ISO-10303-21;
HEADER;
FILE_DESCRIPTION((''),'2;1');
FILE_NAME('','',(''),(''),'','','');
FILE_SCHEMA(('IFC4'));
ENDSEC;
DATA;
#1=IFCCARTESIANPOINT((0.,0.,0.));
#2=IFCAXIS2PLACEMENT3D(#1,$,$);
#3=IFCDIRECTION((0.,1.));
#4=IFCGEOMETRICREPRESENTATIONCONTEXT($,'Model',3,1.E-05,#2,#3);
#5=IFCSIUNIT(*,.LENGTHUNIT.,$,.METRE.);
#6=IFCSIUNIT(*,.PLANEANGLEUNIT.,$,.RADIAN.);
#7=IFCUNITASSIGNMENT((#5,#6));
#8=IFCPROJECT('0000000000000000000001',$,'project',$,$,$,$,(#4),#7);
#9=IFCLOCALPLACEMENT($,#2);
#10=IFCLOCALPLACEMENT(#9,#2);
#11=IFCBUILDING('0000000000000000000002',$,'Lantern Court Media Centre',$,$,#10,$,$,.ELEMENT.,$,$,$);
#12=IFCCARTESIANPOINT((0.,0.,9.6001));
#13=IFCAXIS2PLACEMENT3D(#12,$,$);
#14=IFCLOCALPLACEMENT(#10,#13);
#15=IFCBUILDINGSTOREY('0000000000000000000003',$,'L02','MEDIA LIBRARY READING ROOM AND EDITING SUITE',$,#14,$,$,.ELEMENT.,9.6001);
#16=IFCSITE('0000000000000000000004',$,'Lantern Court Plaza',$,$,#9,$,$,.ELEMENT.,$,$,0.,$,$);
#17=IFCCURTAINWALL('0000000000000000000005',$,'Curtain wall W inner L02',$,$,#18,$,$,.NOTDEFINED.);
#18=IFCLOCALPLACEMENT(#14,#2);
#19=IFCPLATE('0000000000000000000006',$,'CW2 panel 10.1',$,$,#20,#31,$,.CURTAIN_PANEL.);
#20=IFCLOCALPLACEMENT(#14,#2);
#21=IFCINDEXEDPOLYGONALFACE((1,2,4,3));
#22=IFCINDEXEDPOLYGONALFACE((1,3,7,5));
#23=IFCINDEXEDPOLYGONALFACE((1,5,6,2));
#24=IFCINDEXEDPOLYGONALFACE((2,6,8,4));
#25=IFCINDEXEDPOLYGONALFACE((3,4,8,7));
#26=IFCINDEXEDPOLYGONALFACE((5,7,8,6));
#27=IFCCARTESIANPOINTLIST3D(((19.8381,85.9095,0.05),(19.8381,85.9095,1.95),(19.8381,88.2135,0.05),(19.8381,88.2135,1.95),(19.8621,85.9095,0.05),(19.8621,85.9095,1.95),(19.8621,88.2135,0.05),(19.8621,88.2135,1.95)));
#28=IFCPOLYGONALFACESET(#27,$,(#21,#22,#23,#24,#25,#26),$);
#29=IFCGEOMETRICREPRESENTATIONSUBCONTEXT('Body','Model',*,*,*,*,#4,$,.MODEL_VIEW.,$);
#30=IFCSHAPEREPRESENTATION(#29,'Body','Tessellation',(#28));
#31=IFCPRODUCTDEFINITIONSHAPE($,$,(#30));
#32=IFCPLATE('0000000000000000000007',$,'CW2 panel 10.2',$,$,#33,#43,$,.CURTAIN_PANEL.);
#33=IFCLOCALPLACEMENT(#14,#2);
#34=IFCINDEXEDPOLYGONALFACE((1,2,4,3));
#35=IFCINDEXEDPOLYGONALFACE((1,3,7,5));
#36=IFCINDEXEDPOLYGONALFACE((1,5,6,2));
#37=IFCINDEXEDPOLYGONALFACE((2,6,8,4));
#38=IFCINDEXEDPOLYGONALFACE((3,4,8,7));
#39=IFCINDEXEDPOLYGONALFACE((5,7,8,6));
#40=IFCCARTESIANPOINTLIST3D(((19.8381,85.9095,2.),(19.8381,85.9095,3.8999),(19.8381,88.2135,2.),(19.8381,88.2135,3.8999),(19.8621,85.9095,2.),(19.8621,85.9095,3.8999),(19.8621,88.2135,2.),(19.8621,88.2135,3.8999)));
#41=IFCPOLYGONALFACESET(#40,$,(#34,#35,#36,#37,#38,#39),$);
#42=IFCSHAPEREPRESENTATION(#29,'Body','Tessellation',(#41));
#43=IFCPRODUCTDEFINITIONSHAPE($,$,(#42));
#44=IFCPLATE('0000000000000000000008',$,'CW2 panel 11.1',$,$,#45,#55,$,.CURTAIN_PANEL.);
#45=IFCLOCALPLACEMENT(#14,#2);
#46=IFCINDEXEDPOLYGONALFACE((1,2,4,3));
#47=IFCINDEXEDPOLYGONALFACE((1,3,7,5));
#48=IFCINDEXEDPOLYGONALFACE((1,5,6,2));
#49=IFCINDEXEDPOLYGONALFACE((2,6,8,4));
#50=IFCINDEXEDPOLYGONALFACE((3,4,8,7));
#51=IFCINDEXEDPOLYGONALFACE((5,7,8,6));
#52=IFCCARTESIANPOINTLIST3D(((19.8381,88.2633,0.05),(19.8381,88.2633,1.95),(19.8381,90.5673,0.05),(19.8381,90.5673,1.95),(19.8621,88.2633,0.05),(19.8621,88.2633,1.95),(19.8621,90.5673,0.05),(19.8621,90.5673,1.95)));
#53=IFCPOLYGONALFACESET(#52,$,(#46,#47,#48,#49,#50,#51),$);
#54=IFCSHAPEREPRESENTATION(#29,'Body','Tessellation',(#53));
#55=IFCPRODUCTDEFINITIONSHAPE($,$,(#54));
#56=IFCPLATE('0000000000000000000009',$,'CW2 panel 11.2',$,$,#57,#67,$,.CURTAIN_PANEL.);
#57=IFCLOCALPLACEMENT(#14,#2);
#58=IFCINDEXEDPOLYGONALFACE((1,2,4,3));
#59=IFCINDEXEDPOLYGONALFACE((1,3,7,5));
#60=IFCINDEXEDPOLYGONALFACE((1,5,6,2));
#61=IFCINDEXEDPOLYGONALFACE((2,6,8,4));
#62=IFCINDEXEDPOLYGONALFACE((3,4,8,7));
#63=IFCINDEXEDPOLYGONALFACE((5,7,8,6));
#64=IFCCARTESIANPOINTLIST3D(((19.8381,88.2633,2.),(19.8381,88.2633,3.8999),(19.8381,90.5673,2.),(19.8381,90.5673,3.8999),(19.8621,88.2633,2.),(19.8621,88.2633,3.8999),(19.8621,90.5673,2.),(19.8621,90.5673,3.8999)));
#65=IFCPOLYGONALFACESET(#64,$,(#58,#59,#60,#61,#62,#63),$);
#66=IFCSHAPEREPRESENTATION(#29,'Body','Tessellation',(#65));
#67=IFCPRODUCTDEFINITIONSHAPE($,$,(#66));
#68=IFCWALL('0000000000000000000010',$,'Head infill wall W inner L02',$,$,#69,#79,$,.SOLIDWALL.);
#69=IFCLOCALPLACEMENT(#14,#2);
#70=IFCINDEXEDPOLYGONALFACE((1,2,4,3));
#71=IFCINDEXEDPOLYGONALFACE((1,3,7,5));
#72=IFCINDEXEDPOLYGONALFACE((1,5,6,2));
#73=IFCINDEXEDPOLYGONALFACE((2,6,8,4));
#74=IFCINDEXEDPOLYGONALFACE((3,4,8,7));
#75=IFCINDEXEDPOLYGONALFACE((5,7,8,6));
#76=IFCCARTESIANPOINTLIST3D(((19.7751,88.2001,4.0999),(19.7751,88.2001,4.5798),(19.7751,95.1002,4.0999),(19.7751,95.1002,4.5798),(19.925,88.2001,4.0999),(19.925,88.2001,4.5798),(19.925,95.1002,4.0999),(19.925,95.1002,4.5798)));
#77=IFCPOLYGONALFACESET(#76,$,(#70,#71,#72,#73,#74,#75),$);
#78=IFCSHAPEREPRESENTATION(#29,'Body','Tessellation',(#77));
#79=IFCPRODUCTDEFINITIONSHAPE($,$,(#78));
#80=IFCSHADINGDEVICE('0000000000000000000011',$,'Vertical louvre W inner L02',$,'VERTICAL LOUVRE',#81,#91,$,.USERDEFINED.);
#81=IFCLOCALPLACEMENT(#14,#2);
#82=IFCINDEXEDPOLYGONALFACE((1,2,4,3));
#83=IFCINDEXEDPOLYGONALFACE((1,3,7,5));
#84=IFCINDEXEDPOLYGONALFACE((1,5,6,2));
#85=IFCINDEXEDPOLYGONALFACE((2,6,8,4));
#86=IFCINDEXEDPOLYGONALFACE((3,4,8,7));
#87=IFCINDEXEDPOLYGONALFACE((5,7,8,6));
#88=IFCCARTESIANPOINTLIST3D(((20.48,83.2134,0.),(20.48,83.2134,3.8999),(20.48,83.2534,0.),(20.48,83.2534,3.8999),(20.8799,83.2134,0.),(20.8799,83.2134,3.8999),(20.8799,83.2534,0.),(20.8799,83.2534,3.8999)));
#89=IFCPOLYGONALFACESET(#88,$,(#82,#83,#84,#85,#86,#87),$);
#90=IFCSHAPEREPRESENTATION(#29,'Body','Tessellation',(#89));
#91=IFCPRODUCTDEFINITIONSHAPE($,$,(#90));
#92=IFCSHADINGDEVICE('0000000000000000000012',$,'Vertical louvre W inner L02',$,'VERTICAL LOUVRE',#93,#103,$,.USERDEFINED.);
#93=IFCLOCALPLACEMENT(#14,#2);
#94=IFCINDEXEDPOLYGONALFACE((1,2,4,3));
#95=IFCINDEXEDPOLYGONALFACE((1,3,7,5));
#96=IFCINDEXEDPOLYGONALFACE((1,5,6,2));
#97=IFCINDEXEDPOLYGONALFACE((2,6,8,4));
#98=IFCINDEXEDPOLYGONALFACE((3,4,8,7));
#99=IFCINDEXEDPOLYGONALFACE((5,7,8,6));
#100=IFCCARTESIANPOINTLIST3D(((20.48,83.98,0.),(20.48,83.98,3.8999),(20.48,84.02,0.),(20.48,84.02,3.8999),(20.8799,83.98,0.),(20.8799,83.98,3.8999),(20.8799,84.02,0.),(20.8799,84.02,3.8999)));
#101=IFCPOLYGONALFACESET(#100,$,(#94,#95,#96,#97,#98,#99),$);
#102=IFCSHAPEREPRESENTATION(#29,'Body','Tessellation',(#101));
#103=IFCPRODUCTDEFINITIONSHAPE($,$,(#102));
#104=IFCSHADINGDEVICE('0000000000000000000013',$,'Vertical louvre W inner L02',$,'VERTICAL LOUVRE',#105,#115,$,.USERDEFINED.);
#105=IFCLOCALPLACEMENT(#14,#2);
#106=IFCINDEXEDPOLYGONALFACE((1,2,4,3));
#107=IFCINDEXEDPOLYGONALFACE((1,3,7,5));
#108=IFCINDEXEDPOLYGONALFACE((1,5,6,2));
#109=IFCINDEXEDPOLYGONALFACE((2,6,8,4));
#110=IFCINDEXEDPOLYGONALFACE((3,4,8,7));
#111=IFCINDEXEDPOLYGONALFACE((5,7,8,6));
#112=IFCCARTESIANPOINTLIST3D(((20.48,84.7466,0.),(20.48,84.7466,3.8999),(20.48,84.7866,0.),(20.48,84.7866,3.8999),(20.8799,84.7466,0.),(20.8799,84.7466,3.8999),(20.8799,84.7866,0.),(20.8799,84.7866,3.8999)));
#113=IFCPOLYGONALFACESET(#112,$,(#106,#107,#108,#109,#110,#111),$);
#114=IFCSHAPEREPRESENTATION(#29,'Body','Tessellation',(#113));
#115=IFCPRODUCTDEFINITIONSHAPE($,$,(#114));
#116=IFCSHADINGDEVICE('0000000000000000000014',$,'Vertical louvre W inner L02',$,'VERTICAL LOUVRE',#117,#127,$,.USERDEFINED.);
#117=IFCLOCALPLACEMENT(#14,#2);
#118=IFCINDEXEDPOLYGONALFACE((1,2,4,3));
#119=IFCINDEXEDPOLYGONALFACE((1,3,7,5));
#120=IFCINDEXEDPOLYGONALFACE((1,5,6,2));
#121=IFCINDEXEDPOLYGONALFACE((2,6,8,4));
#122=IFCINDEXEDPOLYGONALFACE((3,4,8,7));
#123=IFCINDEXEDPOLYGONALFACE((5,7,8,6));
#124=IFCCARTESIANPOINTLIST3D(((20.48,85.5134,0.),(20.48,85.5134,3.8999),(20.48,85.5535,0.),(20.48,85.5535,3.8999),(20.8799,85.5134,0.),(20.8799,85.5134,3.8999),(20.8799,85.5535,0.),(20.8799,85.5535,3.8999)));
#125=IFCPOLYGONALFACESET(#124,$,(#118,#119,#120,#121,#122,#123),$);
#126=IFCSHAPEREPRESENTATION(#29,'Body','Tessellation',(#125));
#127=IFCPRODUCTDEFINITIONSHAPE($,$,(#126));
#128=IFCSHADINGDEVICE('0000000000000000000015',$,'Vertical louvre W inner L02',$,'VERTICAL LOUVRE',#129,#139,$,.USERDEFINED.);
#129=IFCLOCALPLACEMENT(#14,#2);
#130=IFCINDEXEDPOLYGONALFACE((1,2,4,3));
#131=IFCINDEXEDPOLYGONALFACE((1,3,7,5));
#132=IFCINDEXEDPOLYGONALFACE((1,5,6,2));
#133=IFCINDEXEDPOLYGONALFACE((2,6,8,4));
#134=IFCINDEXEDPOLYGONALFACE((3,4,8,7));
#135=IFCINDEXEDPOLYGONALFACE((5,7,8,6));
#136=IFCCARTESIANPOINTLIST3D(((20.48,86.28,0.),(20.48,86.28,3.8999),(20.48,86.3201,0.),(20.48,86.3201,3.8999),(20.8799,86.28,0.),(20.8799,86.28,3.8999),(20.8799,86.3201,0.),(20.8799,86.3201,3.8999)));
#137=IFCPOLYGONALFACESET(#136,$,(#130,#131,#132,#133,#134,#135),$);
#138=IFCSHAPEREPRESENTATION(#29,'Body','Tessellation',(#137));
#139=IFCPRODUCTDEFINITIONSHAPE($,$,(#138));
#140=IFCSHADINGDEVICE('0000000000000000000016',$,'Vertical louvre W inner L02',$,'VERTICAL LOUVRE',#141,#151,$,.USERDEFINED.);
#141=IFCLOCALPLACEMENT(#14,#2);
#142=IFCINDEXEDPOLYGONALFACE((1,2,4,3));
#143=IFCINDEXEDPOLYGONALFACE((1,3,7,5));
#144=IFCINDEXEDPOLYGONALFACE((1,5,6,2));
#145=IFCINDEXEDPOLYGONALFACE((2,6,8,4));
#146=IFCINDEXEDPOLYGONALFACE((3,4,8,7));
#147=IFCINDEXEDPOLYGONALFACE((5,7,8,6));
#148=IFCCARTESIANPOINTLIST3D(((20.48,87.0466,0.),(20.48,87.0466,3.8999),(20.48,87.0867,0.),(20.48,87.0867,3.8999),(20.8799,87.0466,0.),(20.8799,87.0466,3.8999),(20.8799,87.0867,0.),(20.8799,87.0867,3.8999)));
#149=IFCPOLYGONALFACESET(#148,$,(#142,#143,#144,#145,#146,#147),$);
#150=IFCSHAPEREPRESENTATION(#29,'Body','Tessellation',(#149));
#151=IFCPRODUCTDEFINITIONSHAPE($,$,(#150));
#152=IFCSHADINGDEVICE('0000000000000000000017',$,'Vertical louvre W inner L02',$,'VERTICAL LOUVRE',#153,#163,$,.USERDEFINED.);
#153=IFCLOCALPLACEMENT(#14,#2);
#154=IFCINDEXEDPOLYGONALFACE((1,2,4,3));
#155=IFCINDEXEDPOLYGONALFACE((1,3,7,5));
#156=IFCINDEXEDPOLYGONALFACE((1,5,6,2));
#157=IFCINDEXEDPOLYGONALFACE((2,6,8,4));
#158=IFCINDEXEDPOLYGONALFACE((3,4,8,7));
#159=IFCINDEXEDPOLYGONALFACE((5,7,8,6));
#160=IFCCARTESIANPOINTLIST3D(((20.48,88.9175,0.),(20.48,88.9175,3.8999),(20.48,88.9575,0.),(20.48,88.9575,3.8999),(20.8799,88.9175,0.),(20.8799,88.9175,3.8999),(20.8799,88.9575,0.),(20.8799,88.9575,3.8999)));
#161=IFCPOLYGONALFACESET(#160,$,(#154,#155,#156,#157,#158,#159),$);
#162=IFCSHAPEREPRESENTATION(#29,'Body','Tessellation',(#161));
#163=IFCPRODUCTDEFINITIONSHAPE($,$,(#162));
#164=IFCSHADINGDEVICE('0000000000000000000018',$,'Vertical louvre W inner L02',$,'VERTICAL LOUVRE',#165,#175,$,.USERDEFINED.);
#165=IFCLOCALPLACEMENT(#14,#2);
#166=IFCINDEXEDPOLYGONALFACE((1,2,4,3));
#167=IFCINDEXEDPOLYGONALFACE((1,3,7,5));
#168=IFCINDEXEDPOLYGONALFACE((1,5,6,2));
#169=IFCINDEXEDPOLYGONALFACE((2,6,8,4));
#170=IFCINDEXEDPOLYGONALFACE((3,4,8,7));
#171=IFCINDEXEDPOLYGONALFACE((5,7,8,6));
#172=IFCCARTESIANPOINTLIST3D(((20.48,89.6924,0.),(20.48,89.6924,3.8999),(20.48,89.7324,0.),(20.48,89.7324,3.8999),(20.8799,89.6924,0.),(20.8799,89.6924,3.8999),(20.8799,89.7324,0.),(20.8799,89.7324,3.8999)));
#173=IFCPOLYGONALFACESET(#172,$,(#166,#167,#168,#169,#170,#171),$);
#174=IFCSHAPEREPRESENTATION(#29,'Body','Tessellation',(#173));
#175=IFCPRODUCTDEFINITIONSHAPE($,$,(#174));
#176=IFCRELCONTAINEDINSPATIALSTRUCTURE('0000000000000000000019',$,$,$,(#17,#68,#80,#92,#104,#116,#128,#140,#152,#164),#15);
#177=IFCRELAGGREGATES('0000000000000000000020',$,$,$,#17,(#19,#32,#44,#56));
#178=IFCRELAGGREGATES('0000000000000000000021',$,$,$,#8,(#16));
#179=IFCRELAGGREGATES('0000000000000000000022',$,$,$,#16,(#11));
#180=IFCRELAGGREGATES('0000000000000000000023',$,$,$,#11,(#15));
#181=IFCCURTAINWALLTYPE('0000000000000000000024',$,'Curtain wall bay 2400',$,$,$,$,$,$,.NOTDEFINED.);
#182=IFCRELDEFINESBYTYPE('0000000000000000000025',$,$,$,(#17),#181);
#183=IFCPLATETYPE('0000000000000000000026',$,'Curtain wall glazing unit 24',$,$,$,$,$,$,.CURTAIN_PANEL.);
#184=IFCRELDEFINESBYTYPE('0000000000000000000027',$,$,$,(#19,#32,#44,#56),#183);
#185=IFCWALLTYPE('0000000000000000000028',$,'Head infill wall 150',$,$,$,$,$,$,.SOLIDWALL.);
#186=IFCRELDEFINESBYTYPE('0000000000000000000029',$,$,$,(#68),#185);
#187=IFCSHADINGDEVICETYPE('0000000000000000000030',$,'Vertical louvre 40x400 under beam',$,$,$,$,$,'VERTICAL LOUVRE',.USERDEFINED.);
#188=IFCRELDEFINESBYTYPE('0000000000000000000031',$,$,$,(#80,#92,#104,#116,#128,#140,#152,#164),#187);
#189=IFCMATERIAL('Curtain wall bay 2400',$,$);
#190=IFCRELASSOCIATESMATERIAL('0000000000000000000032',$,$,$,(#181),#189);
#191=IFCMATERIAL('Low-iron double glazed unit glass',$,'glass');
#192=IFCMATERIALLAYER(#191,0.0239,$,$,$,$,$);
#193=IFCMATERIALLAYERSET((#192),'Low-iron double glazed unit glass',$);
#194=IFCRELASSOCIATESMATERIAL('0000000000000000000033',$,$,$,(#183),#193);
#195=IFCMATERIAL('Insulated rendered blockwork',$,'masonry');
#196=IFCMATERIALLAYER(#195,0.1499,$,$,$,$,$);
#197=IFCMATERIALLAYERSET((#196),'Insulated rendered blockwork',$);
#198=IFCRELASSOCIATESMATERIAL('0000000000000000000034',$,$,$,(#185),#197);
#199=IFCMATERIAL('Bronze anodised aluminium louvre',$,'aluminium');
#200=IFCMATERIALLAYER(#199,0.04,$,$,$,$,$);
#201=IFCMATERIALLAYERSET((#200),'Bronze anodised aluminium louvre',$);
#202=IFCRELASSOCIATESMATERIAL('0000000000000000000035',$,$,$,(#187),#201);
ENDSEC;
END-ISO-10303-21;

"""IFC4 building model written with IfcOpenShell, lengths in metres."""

from ifc_helpers import new_model, si_unit, direction, frame, frame_2d, origin, origin_2d, place, context, subcontext, project, spatial, rectangle, extrude, material, layer, layer_set, type_object, element, aggregate, save


model = new_model("IFC4")

# Units and contexts
model_context = context("Model", 3, precision=1e-05, world=origin(), true_north=direction((0.0, 1.0)))
body_context = subcontext(model_context, "Body", "Model", "MODEL_VIEW")
ifc_project = project(units=[si_unit("LENGTHUNIT", "METRE"), si_unit("PLANEANGLEUNIT", "RADIAN")], contexts=[model_context])

# Site, building, storey
site_placement = place(None, origin())
site = spatial("IfcSite", under=ifc_project, at=site_placement, Name="Lantern Court Plaza", CompositionType="ELEMENT", RefElevation=0.0)
building_placement = place(site_placement, origin())
building = spatial("IfcBuilding", under=site, at=building_placement, Name="Lantern Court Media Centre", CompositionType="ELEMENT")
storey_placement = place(building_placement, frame((0.0, 0.0, 9.6001)))
storey = spatial("IfcBuildingStorey", under=building, at=storey_placement, Name="L02", Description="MEDIA LIBRARY READING ROOM AND EDITING SUITE", CompositionType="ELEMENT", Elevation=9.6001)

# Curtain wall
ifc_material_1 = material(Name="Curtain wall bay 2400")
curtain_wall_type = type_object("IfcCurtainWallType", Name="Curtain wall bay 2400", PredefinedType="NOTDEFINED", material=ifc_material_1)
curtain_wall_placement = place(storey_placement, origin())
curtain_wall = element("IfcCurtainWall", 1, at=curtain_wall_placement, inside=storey, type_object=curtain_wall_type, Name="Curtain wall W inner L02", PredefinedType="NOTDEFINED")

# Plates
ifc_material_2 = material(Name="Low-iron double glazed unit glass", Category="glass")
ifc_layer_1 = layer(ifc_material_2, 0.0239)
ifc_layer_set_1 = layer_set([ifc_layer_1], Name="Low-iron double glazed unit glass")
plate_type = type_object("IfcPlateType", Name="Curtain wall glazing unit 24", PredefinedType="CURTAIN_PANEL", material=ifc_layer_set_1)
plate_1_placement = place(storey_placement, frame((19.8501, 87.0615, 0.05), z_axis=(0.0, 0.0, 1.0), x_axis=(0.0, 1.0, 0.0)))
plate_1 = element("IfcPlate", 2, at=plate_1_placement, type_object=plate_type, Name="CW2 panel 10.1", PredefinedType="CURTAIN_PANEL", context=body_context, shape_type="SweptSolid", body=[
    extrude(rectangle(XDim=2.304, YDim=0.0239, at=origin_2d()), origin(), (0.0, 0.0, 1.0), 1.8999),
])
plate_2_placement = place(storey_placement, frame((19.8501, 87.0615, 2.0), z_axis=(0.0, 0.0, 1.0), x_axis=(0.0, 1.0, 0.0)))
plate_2 = element("IfcPlate", 3, at=plate_2_placement, type_object=plate_type, Name="CW2 panel 10.2", PredefinedType="CURTAIN_PANEL", context=body_context, shape_type="SweptSolid", body=[
    extrude(rectangle(XDim=2.304, YDim=0.0239, at=origin_2d()), origin(), (0.0, 0.0, 1.0), 1.8999),
])
plate_3_placement = place(storey_placement, frame((19.8501, 89.4153, 0.05), z_axis=(0.0, 0.0, 1.0), x_axis=(0.0, 1.0, 0.0)))
plate_3 = element("IfcPlate", 4, at=plate_3_placement, type_object=plate_type, Name="CW2 panel 11.1", PredefinedType="CURTAIN_PANEL", context=body_context, shape_type="SweptSolid", body=[
    extrude(rectangle(XDim=2.304, YDim=0.0239, at=origin_2d()), origin(), (0.0, 0.0, 1.0), 1.8999),
])
plate_4_placement = place(storey_placement, frame((19.8501, 89.4153, 2.0), z_axis=(0.0, 0.0, 1.0), x_axis=(0.0, 1.0, 0.0)))
plate_4 = element("IfcPlate", 5, at=plate_4_placement, type_object=plate_type, Name="CW2 panel 11.2", PredefinedType="CURTAIN_PANEL", context=body_context, shape_type="SweptSolid", body=[
    extrude(rectangle(XDim=2.304, YDim=0.0239, at=origin_2d()), origin(), (0.0, 0.0, 1.0), 1.8999),
])
aggregate(curtain_wall, [plate_1, plate_2, plate_3, plate_4])

# Wall
ifc_material_3 = material(Name="Insulated rendered blockwork", Category="masonry")
ifc_layer_2 = layer(ifc_material_3, 0.1499)
ifc_layer_set_2 = layer_set([ifc_layer_2], Name="Insulated rendered blockwork")
wall_type = type_object("IfcWallType", Name="Head infill wall 150", PredefinedType="SOLIDWALL", material=ifc_layer_set_2)
wall_placement = place(storey_placement, frame((19.8501, 88.2, 4.0999), z_axis=(0.0, 0.0, 1.0), x_axis=(0.0, 1.0, 0.0)))
element("IfcWall", 6, at=wall_placement, inside=storey, type_object=wall_type, Name="Head infill wall W inner L02", PredefinedType="SOLIDWALL", context=body_context, shape_type="SweptSolid", body=[
    extrude(rectangle(XDim=6.9001, YDim=0.1499, at=frame_2d((3.4502, 0.0))), origin(), (0.0, 0.0, 1.0), 0.48),
])

# Shading devices
ifc_material_4 = material(Name="Bronze anodised aluminium louvre", Category="aluminium")
ifc_layer_3 = layer(ifc_material_4, 0.04)
ifc_layer_set_3 = layer_set([ifc_layer_3], Name="Bronze anodised aluminium louvre")
shading_device_type = type_object("IfcShadingDeviceType", Name="Vertical louvre 40x400 under beam", ElementType="VERTICAL LOUVRE", PredefinedType="USERDEFINED", material=ifc_layer_set_3)
for number, where, z_axis, x_axis, name in (
    (7, (20.6799, 83.2334, 0.0), (0.0, 0.0, 1.0), (1.0, 0.0, 0.0), "Vertical louvre W inner L02"),
    (8, (20.6799, 84.0, 0.0), (0.0, 0.0, 1.0), (1.0, 0.0, 0.0), "Vertical louvre W inner L02"),
    (9, (20.6799, 84.7666, 0.0), (0.0, 0.0, 1.0), (1.0, 0.0, 0.0), "Vertical louvre W inner L02"),
    (10, (20.6799, 85.5334, 0.0), (0.0, 0.0, 1.0), (1.0, 0.0, 0.0), "Vertical louvre W inner L02"),
    (11, (20.6799, 86.3, 0.0), (0.0, 0.0, 1.0), (1.0, 0.0, 0.0), "Vertical louvre W inner L02"),
    (12, (20.6799, 87.0667, 0.0), (0.0, 0.0, 1.0), (1.0, 0.0, 0.0), "Vertical louvre W inner L02"),
    (13, (20.6799, 88.9375, 0.0), (0.0, 0.0, 1.0), (1.0, 0.0, 0.0), "Vertical louvre W inner L02"),
    (14, (20.6799, 89.7124, 0.0), (0.0, 0.0, 1.0), (1.0, 0.0, 0.0), "Vertical louvre W inner L02"),
):
    element("IfcShadingDevice", number, at=place(storey_placement, frame(where, z_axis=z_axis, x_axis=x_axis)), inside=storey, type_object=shading_device_type, Name=name, ObjectType="VERTICAL LOUVRE", PredefinedType="USERDEFINED", context=body_context, shape_type="SweptSolid", body=[
        extrude(rectangle(XDim=0.3999, YDim=0.04, at=origin_2d()), origin(), (0.0, 0.0, 1.0), 3.8999),
    ])

save(model, "model.ifc")
